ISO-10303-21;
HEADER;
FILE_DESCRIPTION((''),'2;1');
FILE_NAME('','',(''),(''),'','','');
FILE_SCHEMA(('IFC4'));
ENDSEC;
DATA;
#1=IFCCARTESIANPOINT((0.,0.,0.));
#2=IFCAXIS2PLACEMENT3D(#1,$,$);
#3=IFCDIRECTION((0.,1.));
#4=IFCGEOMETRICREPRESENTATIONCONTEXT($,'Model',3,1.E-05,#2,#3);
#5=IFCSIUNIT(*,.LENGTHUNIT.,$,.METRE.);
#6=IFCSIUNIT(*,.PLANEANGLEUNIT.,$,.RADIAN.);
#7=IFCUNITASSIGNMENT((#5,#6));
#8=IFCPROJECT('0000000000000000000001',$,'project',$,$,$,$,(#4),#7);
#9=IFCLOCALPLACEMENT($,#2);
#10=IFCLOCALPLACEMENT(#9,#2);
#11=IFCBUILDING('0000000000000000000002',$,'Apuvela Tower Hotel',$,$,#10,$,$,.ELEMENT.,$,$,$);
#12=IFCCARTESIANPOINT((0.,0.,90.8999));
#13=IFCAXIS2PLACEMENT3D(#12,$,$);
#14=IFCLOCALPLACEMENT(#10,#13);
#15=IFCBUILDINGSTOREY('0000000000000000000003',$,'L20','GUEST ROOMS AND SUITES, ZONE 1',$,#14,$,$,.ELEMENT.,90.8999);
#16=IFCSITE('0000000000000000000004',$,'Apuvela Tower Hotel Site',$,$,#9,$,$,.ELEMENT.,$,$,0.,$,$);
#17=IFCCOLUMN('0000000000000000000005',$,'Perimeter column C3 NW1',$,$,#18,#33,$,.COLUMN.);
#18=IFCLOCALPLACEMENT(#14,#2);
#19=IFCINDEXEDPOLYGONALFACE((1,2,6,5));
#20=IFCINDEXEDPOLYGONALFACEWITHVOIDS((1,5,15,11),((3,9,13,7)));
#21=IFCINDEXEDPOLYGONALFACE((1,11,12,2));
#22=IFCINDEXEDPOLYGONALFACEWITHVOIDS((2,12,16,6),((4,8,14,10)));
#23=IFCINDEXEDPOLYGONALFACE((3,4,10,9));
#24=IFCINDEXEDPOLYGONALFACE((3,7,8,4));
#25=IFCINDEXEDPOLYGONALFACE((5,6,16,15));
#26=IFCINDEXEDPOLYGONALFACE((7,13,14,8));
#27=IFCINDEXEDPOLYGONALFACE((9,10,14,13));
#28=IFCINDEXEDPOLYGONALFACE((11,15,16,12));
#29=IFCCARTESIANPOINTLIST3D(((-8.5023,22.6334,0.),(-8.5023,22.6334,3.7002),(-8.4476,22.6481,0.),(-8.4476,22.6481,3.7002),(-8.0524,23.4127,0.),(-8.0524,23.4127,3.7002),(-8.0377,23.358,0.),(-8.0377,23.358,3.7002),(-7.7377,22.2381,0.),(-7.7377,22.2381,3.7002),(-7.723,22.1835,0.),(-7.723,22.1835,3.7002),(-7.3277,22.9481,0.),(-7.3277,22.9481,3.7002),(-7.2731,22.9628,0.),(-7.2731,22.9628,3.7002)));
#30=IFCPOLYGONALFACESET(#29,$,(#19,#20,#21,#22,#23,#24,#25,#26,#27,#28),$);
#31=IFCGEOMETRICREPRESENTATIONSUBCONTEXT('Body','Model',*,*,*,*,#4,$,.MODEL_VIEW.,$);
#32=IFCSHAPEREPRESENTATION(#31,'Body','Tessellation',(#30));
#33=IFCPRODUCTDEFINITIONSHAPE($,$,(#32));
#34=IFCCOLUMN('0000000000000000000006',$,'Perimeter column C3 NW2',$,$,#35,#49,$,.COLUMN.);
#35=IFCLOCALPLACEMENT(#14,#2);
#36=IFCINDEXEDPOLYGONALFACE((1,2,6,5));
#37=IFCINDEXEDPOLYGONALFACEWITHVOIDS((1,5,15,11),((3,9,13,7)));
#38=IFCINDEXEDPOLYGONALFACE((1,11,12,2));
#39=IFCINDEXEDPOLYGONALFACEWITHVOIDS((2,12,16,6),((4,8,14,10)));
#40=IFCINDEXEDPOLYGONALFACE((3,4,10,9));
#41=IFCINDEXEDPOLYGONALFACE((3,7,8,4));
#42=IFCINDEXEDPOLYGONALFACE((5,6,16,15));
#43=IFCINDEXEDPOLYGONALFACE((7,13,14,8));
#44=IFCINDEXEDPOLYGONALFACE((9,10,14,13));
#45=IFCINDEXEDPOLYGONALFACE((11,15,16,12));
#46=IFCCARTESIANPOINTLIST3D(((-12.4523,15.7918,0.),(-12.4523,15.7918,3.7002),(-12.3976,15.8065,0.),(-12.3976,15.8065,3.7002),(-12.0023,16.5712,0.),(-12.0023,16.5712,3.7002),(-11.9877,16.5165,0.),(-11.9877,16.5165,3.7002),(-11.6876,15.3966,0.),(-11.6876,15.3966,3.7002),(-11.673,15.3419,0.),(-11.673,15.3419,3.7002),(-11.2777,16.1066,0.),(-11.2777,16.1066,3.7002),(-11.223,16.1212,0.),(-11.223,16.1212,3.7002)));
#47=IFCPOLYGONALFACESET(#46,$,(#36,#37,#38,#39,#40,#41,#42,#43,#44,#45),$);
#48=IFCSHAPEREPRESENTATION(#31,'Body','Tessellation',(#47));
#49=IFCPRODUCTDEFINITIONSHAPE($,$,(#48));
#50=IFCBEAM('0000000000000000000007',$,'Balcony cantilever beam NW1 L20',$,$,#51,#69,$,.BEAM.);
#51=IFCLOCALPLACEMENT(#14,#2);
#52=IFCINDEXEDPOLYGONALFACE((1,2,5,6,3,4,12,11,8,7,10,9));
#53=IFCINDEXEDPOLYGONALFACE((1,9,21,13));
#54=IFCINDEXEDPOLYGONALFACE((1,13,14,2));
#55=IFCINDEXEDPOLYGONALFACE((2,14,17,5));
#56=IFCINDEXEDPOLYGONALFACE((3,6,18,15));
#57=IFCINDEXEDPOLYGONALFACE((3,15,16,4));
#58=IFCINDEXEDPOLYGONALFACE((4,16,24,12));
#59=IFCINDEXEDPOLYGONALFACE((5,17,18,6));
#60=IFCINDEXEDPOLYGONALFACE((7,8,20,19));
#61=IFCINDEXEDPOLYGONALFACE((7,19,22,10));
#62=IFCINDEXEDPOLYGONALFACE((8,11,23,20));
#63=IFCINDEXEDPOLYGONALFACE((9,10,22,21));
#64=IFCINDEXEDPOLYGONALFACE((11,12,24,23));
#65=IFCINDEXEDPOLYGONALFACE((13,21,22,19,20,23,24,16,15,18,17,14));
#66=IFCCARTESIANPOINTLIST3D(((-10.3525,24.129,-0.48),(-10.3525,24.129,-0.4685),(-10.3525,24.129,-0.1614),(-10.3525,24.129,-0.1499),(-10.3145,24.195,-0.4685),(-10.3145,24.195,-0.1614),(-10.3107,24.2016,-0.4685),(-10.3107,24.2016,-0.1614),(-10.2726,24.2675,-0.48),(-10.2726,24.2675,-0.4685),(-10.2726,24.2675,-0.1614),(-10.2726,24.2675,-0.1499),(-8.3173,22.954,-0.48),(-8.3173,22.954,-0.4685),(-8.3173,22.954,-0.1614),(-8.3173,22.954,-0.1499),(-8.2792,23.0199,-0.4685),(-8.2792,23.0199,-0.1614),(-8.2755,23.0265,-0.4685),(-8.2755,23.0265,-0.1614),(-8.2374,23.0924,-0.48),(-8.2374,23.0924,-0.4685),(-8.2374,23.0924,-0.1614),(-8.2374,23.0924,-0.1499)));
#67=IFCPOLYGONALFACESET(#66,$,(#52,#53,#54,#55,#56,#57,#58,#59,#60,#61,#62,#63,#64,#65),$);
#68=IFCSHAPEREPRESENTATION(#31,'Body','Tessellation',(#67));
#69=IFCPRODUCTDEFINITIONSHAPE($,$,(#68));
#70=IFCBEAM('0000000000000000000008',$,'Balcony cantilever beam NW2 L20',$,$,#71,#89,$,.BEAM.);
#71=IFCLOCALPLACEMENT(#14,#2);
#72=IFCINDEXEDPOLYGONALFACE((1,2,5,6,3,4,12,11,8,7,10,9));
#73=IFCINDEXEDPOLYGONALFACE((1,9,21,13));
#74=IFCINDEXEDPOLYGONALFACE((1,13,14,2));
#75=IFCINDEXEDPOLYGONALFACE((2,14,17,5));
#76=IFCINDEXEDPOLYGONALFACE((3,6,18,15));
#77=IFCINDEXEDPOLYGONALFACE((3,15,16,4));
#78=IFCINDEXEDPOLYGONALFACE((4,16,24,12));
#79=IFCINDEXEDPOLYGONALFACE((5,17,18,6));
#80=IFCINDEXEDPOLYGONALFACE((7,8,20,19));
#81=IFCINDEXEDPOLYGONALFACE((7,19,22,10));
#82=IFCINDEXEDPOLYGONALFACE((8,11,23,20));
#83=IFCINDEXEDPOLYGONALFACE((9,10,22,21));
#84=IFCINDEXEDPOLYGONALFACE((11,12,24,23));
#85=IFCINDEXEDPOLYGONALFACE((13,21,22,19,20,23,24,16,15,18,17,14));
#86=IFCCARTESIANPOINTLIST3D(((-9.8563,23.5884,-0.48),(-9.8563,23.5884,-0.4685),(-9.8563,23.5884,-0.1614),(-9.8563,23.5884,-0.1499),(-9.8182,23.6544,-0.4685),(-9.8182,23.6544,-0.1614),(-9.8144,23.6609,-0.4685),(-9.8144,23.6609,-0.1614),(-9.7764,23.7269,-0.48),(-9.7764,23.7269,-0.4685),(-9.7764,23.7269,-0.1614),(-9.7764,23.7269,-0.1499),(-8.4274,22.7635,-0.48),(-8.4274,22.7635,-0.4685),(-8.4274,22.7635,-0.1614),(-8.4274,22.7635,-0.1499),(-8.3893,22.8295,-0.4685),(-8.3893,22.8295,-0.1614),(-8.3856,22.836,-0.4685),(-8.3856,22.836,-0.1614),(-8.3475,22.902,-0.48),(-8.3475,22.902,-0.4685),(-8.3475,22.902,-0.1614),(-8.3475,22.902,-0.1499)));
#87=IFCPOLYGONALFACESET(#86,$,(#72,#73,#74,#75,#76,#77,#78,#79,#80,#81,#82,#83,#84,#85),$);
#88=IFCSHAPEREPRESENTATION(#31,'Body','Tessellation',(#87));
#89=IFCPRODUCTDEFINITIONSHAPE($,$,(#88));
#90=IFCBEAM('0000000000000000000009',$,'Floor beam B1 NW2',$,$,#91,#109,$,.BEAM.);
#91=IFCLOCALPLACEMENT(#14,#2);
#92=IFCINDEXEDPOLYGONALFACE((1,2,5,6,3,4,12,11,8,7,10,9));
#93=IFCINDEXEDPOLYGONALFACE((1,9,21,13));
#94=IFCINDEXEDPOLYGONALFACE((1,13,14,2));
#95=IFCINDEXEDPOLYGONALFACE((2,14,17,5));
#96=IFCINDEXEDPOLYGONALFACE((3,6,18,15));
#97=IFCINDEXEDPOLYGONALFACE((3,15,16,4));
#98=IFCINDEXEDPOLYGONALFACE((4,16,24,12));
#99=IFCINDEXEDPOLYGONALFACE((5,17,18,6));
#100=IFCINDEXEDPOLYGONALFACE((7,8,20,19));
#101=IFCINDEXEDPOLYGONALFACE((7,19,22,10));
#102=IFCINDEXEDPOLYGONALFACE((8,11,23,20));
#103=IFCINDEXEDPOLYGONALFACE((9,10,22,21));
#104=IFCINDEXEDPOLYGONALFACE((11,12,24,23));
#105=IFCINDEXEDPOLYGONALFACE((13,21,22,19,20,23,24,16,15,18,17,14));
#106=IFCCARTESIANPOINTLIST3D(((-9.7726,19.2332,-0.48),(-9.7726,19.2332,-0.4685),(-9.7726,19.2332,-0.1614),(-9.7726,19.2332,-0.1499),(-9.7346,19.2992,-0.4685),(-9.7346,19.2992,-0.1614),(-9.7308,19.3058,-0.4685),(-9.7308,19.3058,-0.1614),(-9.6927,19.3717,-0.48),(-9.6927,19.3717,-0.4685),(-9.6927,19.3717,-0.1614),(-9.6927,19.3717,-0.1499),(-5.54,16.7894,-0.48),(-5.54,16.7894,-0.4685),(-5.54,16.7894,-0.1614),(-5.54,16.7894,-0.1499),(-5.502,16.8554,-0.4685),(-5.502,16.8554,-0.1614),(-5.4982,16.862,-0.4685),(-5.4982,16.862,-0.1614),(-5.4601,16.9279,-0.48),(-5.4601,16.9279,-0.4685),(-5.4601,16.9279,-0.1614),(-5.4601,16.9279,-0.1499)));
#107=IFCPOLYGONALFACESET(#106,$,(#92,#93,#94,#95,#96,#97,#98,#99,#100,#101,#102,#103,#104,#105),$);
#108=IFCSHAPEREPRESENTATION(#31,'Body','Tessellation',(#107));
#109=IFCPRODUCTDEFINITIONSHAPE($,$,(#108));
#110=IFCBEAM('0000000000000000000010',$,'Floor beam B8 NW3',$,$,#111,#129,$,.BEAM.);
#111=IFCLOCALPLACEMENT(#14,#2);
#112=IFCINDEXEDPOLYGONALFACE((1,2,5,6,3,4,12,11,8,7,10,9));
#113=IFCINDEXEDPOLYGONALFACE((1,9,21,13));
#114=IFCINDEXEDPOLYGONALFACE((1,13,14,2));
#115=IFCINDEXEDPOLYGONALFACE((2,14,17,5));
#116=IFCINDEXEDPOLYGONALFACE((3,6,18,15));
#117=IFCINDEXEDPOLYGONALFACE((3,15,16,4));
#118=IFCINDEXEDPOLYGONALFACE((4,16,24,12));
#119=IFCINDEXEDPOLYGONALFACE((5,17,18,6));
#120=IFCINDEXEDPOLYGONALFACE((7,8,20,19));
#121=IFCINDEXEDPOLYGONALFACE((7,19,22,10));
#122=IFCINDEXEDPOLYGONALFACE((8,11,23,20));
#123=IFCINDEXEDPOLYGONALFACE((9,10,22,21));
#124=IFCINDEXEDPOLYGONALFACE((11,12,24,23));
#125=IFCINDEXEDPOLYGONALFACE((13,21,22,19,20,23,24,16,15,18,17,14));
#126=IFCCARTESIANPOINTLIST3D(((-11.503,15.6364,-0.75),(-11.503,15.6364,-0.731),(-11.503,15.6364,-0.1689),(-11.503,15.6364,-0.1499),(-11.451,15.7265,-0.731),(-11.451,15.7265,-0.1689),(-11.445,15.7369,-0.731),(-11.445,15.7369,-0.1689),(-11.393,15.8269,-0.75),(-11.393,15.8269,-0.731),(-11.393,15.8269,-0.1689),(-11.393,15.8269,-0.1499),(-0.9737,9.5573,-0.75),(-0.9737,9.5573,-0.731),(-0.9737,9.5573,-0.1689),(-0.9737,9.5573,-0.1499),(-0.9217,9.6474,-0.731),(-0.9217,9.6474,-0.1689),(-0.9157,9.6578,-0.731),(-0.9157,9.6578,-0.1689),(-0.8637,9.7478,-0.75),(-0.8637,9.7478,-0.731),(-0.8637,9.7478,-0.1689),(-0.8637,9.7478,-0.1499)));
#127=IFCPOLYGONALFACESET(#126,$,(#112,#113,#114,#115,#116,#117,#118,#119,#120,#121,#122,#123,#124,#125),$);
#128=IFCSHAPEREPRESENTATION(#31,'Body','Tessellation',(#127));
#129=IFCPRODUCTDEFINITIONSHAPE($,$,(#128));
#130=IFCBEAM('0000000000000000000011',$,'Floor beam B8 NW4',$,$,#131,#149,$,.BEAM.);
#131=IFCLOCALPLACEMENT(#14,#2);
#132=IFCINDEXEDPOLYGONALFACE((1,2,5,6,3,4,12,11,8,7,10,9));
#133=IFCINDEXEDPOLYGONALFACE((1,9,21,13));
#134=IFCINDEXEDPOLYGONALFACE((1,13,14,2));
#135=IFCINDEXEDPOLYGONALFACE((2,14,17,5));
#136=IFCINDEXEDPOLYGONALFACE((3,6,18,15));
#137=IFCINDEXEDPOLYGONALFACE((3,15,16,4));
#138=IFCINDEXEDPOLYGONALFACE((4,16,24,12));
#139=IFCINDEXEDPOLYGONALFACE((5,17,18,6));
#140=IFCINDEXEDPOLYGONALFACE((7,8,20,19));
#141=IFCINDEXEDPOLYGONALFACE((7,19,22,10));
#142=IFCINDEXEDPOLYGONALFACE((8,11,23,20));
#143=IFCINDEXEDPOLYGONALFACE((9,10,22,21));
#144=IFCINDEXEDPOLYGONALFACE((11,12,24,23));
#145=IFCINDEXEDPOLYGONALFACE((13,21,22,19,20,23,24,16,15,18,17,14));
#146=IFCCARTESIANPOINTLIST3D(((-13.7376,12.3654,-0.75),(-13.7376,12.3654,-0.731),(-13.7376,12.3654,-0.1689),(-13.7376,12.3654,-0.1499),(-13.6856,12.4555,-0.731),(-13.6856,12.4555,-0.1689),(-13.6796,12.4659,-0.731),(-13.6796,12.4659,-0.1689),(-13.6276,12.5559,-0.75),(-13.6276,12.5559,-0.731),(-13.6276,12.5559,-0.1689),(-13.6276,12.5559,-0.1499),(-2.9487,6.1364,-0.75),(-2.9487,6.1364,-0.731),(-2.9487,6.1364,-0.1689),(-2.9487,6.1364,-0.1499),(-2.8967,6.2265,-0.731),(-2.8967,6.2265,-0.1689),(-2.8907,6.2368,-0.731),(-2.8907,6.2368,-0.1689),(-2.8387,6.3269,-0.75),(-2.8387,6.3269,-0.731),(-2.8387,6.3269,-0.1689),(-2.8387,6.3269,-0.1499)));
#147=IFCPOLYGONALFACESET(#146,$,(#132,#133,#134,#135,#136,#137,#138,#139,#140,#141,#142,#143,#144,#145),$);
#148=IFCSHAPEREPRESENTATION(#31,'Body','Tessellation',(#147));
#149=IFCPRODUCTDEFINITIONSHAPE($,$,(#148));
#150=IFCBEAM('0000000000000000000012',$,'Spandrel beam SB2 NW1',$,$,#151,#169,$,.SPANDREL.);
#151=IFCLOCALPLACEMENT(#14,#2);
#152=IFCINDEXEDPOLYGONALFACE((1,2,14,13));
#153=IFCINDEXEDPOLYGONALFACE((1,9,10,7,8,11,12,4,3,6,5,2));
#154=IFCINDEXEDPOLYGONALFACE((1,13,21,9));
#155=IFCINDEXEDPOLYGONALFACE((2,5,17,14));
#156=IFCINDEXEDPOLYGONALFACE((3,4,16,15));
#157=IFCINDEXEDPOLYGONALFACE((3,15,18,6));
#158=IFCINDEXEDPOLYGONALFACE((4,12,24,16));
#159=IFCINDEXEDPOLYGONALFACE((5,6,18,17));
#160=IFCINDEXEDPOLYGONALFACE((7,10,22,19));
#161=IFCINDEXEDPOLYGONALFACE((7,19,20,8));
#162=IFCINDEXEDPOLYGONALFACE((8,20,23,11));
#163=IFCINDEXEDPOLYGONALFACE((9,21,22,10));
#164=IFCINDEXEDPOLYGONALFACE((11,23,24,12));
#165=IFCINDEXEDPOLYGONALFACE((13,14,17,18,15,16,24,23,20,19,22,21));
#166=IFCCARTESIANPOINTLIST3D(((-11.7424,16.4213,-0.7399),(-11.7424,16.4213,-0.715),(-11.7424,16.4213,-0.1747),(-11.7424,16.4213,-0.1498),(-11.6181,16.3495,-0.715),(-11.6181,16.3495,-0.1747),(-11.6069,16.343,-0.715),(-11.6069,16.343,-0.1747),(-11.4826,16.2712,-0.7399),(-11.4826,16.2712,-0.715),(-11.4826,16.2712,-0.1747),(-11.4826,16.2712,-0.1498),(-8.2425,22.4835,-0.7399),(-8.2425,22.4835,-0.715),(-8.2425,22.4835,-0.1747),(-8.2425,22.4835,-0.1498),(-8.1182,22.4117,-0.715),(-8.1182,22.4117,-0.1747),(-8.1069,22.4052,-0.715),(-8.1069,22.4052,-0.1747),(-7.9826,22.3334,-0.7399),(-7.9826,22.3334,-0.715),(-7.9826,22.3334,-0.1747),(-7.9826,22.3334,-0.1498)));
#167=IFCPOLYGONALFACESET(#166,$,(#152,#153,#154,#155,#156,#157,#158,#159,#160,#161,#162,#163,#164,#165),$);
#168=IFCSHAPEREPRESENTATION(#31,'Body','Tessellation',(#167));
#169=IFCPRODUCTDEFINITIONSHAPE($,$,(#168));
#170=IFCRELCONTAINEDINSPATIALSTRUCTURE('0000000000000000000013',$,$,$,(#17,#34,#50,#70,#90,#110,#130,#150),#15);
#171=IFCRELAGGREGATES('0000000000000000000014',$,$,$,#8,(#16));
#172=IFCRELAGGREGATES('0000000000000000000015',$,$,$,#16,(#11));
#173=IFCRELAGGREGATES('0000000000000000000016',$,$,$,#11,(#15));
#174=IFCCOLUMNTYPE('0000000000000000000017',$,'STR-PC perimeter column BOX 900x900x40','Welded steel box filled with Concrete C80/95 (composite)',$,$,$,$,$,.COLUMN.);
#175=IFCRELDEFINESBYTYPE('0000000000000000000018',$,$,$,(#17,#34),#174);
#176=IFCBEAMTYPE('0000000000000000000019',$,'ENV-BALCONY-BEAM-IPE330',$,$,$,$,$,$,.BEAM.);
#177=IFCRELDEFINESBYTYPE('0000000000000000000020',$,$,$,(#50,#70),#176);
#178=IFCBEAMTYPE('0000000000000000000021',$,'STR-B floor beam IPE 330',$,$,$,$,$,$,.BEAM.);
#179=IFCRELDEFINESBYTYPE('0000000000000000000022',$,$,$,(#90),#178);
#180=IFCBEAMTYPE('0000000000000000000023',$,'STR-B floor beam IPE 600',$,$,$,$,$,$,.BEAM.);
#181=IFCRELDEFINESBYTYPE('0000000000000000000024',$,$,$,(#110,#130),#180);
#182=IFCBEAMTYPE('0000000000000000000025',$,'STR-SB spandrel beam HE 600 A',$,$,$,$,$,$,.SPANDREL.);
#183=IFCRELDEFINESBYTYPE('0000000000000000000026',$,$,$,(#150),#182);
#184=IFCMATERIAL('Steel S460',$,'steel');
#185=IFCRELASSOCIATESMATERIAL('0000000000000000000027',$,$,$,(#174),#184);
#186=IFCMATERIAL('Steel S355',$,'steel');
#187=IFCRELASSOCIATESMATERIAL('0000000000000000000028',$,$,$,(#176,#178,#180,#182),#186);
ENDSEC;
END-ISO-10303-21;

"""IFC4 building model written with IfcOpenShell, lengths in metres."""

from ifc_helpers import new_model, si_unit, direction, frame, origin, origin_2d, place, context, subcontext, project, spatial, rectangle, hollow_rectangle, i_section, extrude, material, material_profile, profile_set, type_object, element, save


model = new_model("IFC4")

# Units and contexts
model_context = context("Model", 3, precision=1e-05, world=origin(), true_north=direction((0.0, 1.0)))
body_context = subcontext(model_context, "Body", "Model", "MODEL_VIEW")
ifc_project = project(units=[si_unit("LENGTHUNIT", "METRE"), si_unit("PLANEANGLEUNIT", "RADIAN")], contexts=[model_context])

# Site, building, storey
site_placement = place(None, origin())
site = spatial("IfcSite", under=ifc_project, at=site_placement, Name="Apuvela Tower Hotel Site", CompositionType="ELEMENT", RefElevation=0.0)
building_placement = place(site_placement, origin())
building = spatial("IfcBuilding", under=site, at=building_placement, Name="Apuvela Tower Hotel", CompositionType="ELEMENT")
storey_placement = place(building_placement, frame((0.0, 0.0, 90.8999)))
storey = spatial("IfcBuildingStorey", under=building, at=storey_placement, Name="L20", Description="GUEST ROOMS AND SUITES, ZONE 1", CompositionType="ELEMENT", Elevation=90.8999)

# Columns
ifc_material_1 = material(Name="Steel S460", Category="steel")
ifc_material_profile_1 = material_profile(ifc_material_1, hollow_rectangle(XDim=0.8999, YDim=0.8999, WallThickness=0.04, at=origin_2d()), Name="BOX 900x900x40")
ifc_material_2 = material(Name="Concrete C80/95", Category="concrete")
ifc_material_profile_2 = material_profile(ifc_material_2, rectangle(XDim=0.8201, YDim=0.8201, at=origin_2d()), Name="Concrete C80/95 infill")
ifc_profile_set_1 = profile_set([ifc_material_profile_1, ifc_material_profile_2], Name="Steel S460")
column_type = type_object("IfcColumnType", Name="STR-PC perimeter column BOX 900x900x40", Description="Welded steel box filled with Concrete C80/95 (composite)", PredefinedType="COLUMN", material=ifc_profile_set_1)
for number, where, z_axis, x_axis, name in (
    (1, (-7.8877, 22.7981, 0.0), (0.0, 0.0, 1.0), (0.5, 0.866025, 0.0), "Perimeter column C3 NW1"),
    (2, (-11.8376, 15.9565, 0.0), (0.0, 0.0, 1.0), (0.5, 0.866025, 0.0), "Perimeter column C3 NW2"),
):
    element("IfcColumn", number, at=place(storey_placement, frame(where, z_axis=z_axis, x_axis=x_axis)), inside=storey, type_object=column_type, Name=name, PredefinedType="COLUMN", context=body_context, shape_type="SweptSolid", body=[
        extrude(hollow_rectangle(XDim=0.8999, YDim=0.8999, WallThickness=0.04, at=origin_2d()), origin(), (0.0, 0.0, 1.0), 3.7002),
    ])

# Beams
ifc_material_3 = material(Name="Steel S355", Category="steel")
ifc_material_profile_3 = material_profile(ifc_material_3, i_section(OverallWidth=0.1599, OverallDepth=0.3301, WebThickness=0.0076, FlangeThickness=0.0115, at=origin_2d()), Name="IPE 330")
ifc_profile_set_2 = profile_set([ifc_material_profile_3], Name="Steel S355")
beam_type_1 = type_object("IfcBeamType", Name="ENV-BALCONY-BEAM-IPE330", PredefinedType="BEAM", material=ifc_profile_set_2)
beam_1_placement = place(storey_placement, frame((-8.2773, 23.0232, -0.3149), z_axis=(-0.866016, 0.500016, 0.0), x_axis=(-0.500016, -0.866016, 0.0)))
element("IfcBeam", 3, at=beam_1_placement, inside=storey, type_object=beam_type_1, Name="Balcony cantilever beam NW1 L20", PredefinedType="BEAM", context=body_context, shape_type="SweptSolid", body=[
    extrude(i_section(OverallWidth=0.1599, OverallDepth=0.3301, WebThickness=0.0076, FlangeThickness=0.0115, at=origin_2d()), origin(), (0.0, 0.0, 1.0), 2.3501),
])
beam_2_placement = place(storey_placement, frame((-8.3875, 22.8328, -0.3149), z_axis=(-0.86604, 0.499974, 0.0), x_axis=(-0.499974, -0.86604, 0.0)))
element("IfcBeam", 4, at=beam_2_placement, inside=storey, type_object=beam_type_1, Name="Balcony cantilever beam NW2 L20", PredefinedType="BEAM", context=body_context, shape_type="SweptSolid", body=[
    extrude(i_section(OverallWidth=0.1599, OverallDepth=0.3301, WebThickness=0.0076, FlangeThickness=0.0115, at=origin_2d()), origin(), (0.0, 0.0, 1.0), 1.6499),
])
ifc_material_profile_4 = material_profile(ifc_material_3, i_section(OverallWidth=0.1599, OverallDepth=0.3301, WebThickness=0.0076, FlangeThickness=0.0115, at=origin_2d()), Name="IPE 330")
ifc_profile_set_3 = profile_set([ifc_material_profile_4], Name="Steel S355")
beam_type_2 = type_object("IfcBeamType", Name="STR-B floor beam IPE 330", PredefinedType="BEAM", material=ifc_profile_set_3)
beam_3_placement = place(storey_placement, frame((-9.7327, 19.3025, -0.3149), z_axis=(0.866015, -0.500018, 0.0), x_axis=(0.500018, 0.866015, 0.0)))
element("IfcBeam", 5, at=beam_3_placement, inside=storey, type_object=beam_type_2, Name="Floor beam B1 NW2", PredefinedType="BEAM", context=body_context, shape_type="SweptSolid", body=[
    extrude(i_section(OverallWidth=0.1599, OverallDepth=0.3301, WebThickness=0.0076, FlangeThickness=0.0115, at=origin_2d()), origin(), (0.0, 0.0, 1.0), 4.8875),
])
ifc_material_profile_5 = material_profile(ifc_material_3, i_section(OverallWidth=0.22, OverallDepth=0.6001, WebThickness=0.012, FlangeThickness=0.019, at=origin_2d()), Name="IPE 600")
ifc_profile_set_4 = profile_set([ifc_material_profile_5], Name="Steel S355")
beam_type_3 = type_object("IfcBeamType", Name="STR-B floor beam IPE 600", PredefinedType="BEAM", material=ifc_profile_set_4)
beam_4_placement = place(storey_placement, frame((-11.448, 15.7317, -0.45), z_axis=(0.866025, -0.500001, 0.0), x_axis=(0.500001, 0.866025, 0.0)))
element("IfcBeam", 6, at=beam_4_placement, inside=storey, type_object=beam_type_3, Name="Floor beam B8 NW3", PredefinedType="BEAM", context=body_context, shape_type="SweptSolid", body=[
    extrude(i_section(OverallWidth=0.22, OverallDepth=0.6001, WebThickness=0.012, FlangeThickness=0.019, at=origin_2d()), origin(), (0.0, 0.0, 1.0), 12.1582),
])
beam_5_placement = place(storey_placement, frame((-13.6826, 12.4607, -0.45), z_axis=(0.866023, -0.500005, 0.0), x_axis=(0.500005, 0.866023, 0.0)))
element("IfcBeam", 7, at=beam_5_placement, inside=storey, type_object=beam_type_3, Name="Floor beam B8 NW4", PredefinedType="BEAM", context=body_context, shape_type="SweptSolid", body=[
    extrude(i_section(OverallWidth=0.22, OverallDepth=0.6001, WebThickness=0.012, FlangeThickness=0.019, at=origin_2d()), origin(), (0.0, 0.0, 1.0), 12.458),
])
ifc_material_profile_6 = material_profile(ifc_material_3, i_section(OverallWidth=0.3, OverallDepth=0.5901, WebThickness=0.0129, FlangeThickness=0.0249, at=origin_2d()), Name="HE 600 A")
ifc_profile_set_5 = profile_set([ifc_material_profile_6], Name="Steel S355")
beam_type_4 = type_object("IfcBeamType", Name="STR-SB spandrel beam HE 600 A", PredefinedType="SPANDREL", material=ifc_profile_set_5)
for number, where, z_axis, x_axis, name in (
    (8, (-8.1125, 22.4084, -0.4448), (-0.499995, -0.866028, 0.0), (0.866028, -0.499995, 0.0), "Spandrel beam SB2 NW1"),
):
    element("IfcBeam", number, at=place(storey_placement, frame(where, z_axis=z_axis, x_axis=x_axis)), inside=storey, type_object=beam_type_4, Name=name, PredefinedType="SPANDREL", context=body_context, shape_type="SweptSolid", body=[
        extrude(i_section(OverallWidth=0.3, OverallDepth=0.5901, WebThickness=0.0129, FlangeThickness=0.0249, at=origin_2d()), origin(), (0.0, 0.0, 1.0), 7.0),
    ])

save(model, "model.ifc")
